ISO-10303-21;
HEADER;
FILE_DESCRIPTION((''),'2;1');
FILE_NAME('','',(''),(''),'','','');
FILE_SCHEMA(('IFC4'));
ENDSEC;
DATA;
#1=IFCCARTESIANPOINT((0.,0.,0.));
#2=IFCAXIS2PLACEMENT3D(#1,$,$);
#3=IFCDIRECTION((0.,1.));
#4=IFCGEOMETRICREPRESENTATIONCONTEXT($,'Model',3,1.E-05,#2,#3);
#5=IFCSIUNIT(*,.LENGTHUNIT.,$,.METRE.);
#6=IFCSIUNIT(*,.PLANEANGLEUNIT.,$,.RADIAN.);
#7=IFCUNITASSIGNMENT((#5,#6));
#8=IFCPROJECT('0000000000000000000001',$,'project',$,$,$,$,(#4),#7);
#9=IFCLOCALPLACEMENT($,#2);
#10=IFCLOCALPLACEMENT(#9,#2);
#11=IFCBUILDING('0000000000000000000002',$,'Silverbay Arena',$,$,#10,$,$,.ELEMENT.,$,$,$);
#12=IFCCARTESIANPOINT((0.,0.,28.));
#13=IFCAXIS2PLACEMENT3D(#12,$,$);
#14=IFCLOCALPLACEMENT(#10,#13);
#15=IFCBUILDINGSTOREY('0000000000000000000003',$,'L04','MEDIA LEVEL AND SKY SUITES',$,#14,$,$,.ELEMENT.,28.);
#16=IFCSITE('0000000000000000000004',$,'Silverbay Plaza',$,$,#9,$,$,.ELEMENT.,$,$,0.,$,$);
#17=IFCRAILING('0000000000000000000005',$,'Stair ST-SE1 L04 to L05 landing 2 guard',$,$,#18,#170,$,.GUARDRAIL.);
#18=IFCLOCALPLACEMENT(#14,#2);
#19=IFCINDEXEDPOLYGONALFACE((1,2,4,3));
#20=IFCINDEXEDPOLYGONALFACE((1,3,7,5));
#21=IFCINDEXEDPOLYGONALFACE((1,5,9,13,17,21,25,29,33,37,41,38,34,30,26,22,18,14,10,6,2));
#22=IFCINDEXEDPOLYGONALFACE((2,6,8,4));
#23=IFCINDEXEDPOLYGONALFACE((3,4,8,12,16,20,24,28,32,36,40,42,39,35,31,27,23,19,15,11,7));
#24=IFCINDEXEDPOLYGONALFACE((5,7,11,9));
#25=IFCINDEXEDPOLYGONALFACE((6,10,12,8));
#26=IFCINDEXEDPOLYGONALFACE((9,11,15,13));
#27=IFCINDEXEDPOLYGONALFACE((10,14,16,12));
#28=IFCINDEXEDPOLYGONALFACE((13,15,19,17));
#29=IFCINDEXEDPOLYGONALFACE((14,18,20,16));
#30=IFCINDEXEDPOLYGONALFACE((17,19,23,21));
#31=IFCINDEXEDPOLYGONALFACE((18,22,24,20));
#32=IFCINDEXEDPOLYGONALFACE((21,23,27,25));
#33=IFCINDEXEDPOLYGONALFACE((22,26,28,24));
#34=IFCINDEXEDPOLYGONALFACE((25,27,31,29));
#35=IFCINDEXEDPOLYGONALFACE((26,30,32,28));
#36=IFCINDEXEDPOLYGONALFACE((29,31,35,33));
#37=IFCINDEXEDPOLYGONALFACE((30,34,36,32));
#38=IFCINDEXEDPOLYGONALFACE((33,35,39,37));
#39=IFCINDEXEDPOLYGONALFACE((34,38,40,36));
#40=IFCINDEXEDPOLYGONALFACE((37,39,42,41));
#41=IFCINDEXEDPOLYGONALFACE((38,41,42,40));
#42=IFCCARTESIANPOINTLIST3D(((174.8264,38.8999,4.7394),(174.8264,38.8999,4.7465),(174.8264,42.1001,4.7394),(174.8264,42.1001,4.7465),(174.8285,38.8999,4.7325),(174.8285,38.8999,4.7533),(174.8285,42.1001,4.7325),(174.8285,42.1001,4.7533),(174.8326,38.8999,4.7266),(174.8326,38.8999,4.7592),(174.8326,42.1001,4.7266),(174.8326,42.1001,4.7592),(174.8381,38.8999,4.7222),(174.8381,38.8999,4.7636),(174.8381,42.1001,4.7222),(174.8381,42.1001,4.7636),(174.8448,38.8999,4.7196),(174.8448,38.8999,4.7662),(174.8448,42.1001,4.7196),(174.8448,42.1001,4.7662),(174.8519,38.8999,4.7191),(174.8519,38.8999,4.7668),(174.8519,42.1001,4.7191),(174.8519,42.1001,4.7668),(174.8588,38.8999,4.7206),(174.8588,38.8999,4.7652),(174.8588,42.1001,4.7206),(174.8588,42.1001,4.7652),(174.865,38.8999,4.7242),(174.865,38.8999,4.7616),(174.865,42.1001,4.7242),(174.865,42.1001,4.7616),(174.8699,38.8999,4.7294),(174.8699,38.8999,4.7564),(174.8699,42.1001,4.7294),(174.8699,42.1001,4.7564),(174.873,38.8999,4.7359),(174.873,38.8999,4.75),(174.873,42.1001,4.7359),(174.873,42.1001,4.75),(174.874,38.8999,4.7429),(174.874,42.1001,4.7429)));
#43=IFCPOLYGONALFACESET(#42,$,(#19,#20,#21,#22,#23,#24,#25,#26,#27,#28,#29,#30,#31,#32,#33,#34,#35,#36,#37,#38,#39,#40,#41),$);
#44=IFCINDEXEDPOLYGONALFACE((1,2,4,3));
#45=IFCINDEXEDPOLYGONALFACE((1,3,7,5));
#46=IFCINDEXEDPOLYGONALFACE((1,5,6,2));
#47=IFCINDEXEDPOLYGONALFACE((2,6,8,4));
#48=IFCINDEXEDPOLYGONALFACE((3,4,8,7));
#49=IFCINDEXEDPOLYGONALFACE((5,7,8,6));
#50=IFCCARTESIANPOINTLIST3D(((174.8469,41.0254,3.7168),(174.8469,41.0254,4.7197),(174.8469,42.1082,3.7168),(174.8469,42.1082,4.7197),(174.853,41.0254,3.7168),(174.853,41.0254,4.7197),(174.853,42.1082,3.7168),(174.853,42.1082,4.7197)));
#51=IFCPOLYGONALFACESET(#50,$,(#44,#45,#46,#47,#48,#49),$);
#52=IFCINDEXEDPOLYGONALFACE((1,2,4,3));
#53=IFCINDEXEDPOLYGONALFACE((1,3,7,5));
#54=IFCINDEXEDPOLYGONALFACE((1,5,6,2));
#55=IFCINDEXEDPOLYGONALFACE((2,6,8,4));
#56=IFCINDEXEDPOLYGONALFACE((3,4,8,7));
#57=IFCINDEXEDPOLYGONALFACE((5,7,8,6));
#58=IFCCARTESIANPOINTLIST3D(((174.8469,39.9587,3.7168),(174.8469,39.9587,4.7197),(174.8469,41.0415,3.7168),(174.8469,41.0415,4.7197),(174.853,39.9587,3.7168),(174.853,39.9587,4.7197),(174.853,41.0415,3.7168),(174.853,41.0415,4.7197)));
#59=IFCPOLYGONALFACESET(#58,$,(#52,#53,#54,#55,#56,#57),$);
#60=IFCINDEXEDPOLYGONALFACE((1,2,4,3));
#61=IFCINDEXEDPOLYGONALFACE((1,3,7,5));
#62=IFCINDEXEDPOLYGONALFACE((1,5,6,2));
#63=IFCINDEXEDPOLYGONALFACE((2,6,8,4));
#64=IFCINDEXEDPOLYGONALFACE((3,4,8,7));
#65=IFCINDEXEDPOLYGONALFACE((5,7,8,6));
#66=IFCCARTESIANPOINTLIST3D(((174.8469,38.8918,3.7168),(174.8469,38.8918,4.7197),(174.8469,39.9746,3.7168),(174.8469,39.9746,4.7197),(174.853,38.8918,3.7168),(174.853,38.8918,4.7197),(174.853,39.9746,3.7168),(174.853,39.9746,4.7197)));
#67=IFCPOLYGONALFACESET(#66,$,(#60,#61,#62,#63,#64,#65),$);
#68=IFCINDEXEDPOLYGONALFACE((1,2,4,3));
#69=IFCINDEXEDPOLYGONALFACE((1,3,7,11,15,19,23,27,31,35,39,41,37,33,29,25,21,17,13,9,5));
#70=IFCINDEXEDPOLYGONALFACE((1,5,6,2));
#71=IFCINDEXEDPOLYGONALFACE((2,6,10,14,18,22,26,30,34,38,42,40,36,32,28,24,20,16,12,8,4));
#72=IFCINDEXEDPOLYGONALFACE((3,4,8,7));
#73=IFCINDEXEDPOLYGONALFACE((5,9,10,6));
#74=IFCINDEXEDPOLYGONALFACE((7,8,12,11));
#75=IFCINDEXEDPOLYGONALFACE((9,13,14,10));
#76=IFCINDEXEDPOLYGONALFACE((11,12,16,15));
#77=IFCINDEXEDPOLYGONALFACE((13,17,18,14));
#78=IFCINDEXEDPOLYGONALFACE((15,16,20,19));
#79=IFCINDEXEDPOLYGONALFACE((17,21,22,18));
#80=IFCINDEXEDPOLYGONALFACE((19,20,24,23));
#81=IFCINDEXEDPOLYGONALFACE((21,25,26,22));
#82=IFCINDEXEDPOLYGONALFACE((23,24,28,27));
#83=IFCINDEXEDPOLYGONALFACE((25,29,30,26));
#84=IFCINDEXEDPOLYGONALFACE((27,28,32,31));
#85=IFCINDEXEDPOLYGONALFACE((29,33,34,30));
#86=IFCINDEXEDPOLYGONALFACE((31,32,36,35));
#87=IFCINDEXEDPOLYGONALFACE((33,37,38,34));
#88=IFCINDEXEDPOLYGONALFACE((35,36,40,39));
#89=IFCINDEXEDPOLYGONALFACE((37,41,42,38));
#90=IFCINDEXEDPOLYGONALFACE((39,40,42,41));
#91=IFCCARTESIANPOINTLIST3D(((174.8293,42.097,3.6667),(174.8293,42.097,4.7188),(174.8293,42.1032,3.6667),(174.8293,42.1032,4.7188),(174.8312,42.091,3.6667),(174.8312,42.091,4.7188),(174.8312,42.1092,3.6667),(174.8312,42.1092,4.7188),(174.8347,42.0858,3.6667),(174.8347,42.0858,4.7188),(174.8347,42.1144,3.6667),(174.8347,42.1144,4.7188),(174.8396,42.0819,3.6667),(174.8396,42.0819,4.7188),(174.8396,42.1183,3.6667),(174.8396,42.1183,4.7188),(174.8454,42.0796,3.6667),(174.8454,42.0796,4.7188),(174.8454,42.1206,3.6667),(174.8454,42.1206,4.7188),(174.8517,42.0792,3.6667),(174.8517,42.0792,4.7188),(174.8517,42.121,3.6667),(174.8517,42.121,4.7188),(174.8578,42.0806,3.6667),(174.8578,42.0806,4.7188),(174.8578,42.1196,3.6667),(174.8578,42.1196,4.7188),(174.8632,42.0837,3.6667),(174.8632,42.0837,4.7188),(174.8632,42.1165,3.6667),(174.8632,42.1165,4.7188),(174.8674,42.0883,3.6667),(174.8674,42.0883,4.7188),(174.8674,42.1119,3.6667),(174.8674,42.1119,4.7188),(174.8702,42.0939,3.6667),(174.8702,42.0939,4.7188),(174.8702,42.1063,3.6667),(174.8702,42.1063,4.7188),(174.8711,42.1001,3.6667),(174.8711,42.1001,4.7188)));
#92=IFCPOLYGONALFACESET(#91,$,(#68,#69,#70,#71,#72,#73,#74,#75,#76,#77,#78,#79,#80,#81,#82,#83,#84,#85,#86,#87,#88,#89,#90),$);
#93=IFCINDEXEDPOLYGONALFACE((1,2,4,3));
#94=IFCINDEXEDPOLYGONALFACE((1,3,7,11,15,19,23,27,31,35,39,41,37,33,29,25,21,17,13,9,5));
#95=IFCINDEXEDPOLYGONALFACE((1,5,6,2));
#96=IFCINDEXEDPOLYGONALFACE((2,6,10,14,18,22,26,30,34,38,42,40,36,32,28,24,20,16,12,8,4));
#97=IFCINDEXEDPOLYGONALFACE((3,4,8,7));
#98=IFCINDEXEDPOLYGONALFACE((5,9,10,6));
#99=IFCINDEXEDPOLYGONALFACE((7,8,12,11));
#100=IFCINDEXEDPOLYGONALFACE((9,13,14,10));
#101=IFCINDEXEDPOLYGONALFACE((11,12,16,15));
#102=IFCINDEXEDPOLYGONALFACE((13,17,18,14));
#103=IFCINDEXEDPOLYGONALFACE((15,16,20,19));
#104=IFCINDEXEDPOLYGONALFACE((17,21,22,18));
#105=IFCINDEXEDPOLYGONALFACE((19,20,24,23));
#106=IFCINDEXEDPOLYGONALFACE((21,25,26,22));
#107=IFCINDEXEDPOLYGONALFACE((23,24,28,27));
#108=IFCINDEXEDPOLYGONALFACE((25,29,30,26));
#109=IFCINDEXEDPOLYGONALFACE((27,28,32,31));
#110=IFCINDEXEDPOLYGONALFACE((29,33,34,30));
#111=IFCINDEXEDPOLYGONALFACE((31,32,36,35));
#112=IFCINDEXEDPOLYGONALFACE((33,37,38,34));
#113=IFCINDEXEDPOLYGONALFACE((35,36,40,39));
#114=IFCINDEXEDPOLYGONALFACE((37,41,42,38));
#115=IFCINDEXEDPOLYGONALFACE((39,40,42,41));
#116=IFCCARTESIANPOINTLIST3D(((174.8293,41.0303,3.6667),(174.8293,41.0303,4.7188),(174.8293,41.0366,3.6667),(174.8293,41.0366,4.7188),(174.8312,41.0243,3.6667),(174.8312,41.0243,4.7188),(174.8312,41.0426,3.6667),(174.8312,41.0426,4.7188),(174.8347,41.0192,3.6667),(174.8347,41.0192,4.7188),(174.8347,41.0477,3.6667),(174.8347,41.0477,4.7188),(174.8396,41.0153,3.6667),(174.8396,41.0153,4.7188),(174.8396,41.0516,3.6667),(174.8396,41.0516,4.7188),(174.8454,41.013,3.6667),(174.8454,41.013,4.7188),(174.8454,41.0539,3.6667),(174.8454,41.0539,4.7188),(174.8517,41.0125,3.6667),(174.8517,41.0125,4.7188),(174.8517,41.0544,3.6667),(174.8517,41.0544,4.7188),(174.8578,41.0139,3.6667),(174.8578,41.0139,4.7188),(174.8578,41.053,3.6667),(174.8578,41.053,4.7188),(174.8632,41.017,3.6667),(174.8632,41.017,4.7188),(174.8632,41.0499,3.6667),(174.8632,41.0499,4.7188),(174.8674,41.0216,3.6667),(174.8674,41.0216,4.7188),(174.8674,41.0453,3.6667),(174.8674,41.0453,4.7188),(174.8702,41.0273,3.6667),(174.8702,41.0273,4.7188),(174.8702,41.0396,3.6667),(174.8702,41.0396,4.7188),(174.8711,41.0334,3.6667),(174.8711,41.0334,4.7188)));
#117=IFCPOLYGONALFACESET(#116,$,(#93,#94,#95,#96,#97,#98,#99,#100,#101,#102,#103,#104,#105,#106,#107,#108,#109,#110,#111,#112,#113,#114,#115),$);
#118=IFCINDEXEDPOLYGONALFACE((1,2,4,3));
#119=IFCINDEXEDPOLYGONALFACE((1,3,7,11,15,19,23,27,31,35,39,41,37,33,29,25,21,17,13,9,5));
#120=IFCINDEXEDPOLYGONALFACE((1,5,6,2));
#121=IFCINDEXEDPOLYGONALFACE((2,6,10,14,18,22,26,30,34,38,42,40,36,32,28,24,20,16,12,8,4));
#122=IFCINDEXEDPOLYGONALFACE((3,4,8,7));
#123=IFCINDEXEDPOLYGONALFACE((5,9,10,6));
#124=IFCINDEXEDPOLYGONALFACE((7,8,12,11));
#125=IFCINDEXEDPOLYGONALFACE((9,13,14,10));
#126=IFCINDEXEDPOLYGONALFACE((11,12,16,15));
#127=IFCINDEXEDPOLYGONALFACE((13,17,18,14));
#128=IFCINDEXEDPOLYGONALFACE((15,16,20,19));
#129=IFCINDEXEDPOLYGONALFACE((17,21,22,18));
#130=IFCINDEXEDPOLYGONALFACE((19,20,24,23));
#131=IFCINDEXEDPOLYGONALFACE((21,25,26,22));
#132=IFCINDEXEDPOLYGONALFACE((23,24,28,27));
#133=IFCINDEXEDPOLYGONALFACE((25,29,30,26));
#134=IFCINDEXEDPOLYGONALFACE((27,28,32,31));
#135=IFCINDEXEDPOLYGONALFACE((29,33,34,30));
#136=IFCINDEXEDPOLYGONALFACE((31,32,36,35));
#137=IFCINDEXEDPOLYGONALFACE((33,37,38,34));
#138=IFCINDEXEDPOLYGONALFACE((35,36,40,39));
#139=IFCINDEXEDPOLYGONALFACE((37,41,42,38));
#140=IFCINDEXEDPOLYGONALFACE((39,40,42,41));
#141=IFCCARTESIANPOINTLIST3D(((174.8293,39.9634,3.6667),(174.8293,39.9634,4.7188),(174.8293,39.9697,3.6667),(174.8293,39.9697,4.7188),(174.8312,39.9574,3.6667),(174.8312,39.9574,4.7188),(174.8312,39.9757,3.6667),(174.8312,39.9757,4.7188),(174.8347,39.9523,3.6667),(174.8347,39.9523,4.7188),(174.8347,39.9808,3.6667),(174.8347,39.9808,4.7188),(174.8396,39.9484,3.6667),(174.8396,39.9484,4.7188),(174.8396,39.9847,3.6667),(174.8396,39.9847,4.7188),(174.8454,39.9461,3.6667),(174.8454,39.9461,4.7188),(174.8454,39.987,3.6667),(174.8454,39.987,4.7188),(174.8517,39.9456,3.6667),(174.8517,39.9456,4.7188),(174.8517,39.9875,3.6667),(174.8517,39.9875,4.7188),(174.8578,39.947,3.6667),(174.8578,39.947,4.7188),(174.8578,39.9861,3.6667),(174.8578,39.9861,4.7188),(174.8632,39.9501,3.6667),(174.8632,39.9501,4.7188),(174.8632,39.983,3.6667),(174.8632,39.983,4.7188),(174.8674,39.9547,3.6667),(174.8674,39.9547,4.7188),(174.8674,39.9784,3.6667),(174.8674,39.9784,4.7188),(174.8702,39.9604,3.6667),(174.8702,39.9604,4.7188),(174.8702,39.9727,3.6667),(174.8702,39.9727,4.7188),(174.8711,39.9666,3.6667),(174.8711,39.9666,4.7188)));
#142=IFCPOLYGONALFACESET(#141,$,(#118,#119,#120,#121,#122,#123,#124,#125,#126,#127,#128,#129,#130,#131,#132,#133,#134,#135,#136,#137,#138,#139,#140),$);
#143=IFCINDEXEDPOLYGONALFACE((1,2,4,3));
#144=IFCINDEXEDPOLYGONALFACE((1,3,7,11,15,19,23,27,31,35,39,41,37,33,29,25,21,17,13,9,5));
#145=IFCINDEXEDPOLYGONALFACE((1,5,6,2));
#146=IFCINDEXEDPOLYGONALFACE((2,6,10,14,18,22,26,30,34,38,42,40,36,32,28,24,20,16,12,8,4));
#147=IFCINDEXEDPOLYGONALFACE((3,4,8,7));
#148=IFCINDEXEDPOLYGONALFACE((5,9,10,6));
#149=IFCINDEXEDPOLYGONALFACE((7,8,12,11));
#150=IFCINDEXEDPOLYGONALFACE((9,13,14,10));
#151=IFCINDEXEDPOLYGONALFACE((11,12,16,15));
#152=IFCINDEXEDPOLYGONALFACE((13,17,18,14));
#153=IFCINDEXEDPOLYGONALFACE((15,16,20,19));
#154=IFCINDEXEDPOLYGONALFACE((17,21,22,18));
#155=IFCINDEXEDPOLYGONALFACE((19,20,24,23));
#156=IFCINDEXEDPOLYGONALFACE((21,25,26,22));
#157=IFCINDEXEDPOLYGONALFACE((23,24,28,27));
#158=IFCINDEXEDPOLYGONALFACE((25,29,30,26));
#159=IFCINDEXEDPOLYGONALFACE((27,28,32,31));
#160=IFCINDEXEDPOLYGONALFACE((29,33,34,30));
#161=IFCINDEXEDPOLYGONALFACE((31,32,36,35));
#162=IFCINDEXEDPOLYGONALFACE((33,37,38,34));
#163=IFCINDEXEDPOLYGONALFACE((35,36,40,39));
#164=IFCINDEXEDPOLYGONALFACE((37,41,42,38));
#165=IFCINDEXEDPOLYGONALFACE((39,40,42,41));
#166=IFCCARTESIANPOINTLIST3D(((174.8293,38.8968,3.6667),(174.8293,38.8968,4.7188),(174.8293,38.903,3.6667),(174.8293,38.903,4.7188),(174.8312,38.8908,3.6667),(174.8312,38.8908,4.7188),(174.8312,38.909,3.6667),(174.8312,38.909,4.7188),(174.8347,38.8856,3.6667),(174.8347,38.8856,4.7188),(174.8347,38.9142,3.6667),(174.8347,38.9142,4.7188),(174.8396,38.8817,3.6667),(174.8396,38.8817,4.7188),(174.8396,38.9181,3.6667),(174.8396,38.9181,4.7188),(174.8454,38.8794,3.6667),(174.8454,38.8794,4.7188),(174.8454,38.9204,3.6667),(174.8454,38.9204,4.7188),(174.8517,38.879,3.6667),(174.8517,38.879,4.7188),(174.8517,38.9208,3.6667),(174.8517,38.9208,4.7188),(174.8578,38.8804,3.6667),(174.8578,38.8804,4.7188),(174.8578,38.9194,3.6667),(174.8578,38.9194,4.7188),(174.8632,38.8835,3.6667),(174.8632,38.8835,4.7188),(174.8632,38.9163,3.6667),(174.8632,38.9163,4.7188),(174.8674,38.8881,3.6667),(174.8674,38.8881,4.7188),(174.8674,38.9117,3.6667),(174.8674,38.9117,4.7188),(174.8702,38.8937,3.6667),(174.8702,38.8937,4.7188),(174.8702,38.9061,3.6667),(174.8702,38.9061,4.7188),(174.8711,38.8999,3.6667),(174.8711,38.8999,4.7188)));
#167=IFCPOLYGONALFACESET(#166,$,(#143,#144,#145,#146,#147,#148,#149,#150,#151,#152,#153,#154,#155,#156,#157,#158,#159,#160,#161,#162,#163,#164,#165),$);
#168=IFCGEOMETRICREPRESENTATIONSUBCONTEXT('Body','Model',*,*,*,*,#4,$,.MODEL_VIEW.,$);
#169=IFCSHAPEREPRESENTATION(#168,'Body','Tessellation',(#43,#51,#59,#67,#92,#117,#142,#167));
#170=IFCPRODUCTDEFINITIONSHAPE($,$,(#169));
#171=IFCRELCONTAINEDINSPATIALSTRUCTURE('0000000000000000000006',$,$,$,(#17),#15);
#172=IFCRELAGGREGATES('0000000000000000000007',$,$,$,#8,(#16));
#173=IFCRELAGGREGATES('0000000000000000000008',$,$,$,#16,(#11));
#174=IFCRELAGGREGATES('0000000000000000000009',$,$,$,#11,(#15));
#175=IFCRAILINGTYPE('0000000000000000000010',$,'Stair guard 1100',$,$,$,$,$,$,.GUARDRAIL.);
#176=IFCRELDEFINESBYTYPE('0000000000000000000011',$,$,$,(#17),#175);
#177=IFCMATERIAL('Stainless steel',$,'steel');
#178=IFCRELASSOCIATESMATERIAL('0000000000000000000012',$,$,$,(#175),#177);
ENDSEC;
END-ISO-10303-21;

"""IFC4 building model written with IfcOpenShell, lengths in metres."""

from ifc_helpers import new_model, si_unit, direction, frame, origin, origin_2d, place, context, subcontext, project, spatial, polyline, circle, outline, extrude, material, type_object, element, save


model = new_model("IFC4")

# Units and contexts
model_context = context("Model", 3, precision=1e-05, world=origin(), true_north=direction((0.0, 1.0)))
body_context = subcontext(model_context, "Body", "Model", "MODEL_VIEW")
ifc_project = project(units=[si_unit("LENGTHUNIT", "METRE"), si_unit("PLANEANGLEUNIT", "RADIAN")], contexts=[model_context])

# Site, building, storey
site_placement = place(None, origin())
site = spatial("IfcSite", under=ifc_project, at=site_placement, Name="Silverbay Plaza", CompositionType="ELEMENT", RefElevation=0.0)
building_placement = place(site_placement, origin())
building = spatial("IfcBuilding", under=site, at=building_placement, Name="Silverbay Arena", CompositionType="ELEMENT")
storey_placement = place(building_placement, frame((0.0, 0.0, 28.0)))
storey = spatial("IfcBuildingStorey", under=building, at=storey_placement, Name="L04", Description="MEDIA LEVEL AND SKY SUITES", CompositionType="ELEMENT", Elevation=28.0)

# Railing
ifc_material_1 = material(Name="Stainless steel", Category="steel")
railing_type_1 = type_object("IfcRailingType", Name="Stair guard 1100", PredefinedType="GUARDRAIL", material=ifc_material_1)
for number, where, name in (
    (1, (174.8501, 42.1001, 3.6667), "Stair ST-SE1 L04 to L05 landing 2 guard"),
):
    element("IfcRailing", number, at=place(storey_placement, frame(where)), inside=storey, type_object=railing_type_1, Name=name, PredefinedType="GUARDRAIL", context=body_context, shape_type="SweptSolid", body=[
        extrude(circle(Radius=0.0239, at=origin_2d()), frame((0.0, 0.0, 1.0762), z_axis=(0.0, -1.0, 0.0), x_axis=(1.0, 0.0, 0.0)), (0.0, 0.0, 1.0), 3.2002),
        extrude(outline(polyline([(-0.0081, 0.05), (1.0747, 0.05), (1.0747, 1.053), (-0.0081, 1.053), (-0.0081, 0.05)])), frame((0.0029, 0.0, 0.0), z_axis=(-1.0, 0.0, 0.0), x_axis=(0.0, -1.0, 0.0)), (0.0, 0.0, 1.0), 0.0061),
        extrude(outline(polyline([(-0.0081, 0.05), (1.0747, 0.05), (1.0747, 1.053), (-0.0081, 1.053), (-0.0081, 0.05)])), frame((0.0029, -1.0667, 0.0), z_axis=(-1.0, 0.0, 0.0), x_axis=(0.0, -1.0, 0.0)), (0.0, 0.0, 1.0), 0.0061),
        extrude(outline(polyline([(-0.0081, 0.05), (1.0747, 0.05), (1.0747, 1.053), (-0.0081, 1.053), (-0.0081, 0.05)])), frame((0.0029, -2.1335, 0.0), z_axis=(-1.0, 0.0, 0.0), x_axis=(0.0, -1.0, 0.0)), (0.0, 0.0, 1.0), 0.0061),
        extrude(circle(Radius=0.021, at=origin_2d()), origin(), (0.0, 0.0, 1.0), 1.052),
        extrude(circle(Radius=0.021, at=origin_2d()), frame((0.0, -1.0667, 0.0)), (0.0, 0.0, 1.0), 1.052),
        extrude(circle(Radius=0.021, at=origin_2d()), frame((0.0, -2.1335, 0.0)), (0.0, 0.0, 1.0), 1.052),
        extrude(circle(Radius=0.021, at=origin_2d()), frame((0.0, -3.2002, 0.0)), (0.0, 0.0, 1.0), 1.052),
    ])

save(model, "model.ifc")
